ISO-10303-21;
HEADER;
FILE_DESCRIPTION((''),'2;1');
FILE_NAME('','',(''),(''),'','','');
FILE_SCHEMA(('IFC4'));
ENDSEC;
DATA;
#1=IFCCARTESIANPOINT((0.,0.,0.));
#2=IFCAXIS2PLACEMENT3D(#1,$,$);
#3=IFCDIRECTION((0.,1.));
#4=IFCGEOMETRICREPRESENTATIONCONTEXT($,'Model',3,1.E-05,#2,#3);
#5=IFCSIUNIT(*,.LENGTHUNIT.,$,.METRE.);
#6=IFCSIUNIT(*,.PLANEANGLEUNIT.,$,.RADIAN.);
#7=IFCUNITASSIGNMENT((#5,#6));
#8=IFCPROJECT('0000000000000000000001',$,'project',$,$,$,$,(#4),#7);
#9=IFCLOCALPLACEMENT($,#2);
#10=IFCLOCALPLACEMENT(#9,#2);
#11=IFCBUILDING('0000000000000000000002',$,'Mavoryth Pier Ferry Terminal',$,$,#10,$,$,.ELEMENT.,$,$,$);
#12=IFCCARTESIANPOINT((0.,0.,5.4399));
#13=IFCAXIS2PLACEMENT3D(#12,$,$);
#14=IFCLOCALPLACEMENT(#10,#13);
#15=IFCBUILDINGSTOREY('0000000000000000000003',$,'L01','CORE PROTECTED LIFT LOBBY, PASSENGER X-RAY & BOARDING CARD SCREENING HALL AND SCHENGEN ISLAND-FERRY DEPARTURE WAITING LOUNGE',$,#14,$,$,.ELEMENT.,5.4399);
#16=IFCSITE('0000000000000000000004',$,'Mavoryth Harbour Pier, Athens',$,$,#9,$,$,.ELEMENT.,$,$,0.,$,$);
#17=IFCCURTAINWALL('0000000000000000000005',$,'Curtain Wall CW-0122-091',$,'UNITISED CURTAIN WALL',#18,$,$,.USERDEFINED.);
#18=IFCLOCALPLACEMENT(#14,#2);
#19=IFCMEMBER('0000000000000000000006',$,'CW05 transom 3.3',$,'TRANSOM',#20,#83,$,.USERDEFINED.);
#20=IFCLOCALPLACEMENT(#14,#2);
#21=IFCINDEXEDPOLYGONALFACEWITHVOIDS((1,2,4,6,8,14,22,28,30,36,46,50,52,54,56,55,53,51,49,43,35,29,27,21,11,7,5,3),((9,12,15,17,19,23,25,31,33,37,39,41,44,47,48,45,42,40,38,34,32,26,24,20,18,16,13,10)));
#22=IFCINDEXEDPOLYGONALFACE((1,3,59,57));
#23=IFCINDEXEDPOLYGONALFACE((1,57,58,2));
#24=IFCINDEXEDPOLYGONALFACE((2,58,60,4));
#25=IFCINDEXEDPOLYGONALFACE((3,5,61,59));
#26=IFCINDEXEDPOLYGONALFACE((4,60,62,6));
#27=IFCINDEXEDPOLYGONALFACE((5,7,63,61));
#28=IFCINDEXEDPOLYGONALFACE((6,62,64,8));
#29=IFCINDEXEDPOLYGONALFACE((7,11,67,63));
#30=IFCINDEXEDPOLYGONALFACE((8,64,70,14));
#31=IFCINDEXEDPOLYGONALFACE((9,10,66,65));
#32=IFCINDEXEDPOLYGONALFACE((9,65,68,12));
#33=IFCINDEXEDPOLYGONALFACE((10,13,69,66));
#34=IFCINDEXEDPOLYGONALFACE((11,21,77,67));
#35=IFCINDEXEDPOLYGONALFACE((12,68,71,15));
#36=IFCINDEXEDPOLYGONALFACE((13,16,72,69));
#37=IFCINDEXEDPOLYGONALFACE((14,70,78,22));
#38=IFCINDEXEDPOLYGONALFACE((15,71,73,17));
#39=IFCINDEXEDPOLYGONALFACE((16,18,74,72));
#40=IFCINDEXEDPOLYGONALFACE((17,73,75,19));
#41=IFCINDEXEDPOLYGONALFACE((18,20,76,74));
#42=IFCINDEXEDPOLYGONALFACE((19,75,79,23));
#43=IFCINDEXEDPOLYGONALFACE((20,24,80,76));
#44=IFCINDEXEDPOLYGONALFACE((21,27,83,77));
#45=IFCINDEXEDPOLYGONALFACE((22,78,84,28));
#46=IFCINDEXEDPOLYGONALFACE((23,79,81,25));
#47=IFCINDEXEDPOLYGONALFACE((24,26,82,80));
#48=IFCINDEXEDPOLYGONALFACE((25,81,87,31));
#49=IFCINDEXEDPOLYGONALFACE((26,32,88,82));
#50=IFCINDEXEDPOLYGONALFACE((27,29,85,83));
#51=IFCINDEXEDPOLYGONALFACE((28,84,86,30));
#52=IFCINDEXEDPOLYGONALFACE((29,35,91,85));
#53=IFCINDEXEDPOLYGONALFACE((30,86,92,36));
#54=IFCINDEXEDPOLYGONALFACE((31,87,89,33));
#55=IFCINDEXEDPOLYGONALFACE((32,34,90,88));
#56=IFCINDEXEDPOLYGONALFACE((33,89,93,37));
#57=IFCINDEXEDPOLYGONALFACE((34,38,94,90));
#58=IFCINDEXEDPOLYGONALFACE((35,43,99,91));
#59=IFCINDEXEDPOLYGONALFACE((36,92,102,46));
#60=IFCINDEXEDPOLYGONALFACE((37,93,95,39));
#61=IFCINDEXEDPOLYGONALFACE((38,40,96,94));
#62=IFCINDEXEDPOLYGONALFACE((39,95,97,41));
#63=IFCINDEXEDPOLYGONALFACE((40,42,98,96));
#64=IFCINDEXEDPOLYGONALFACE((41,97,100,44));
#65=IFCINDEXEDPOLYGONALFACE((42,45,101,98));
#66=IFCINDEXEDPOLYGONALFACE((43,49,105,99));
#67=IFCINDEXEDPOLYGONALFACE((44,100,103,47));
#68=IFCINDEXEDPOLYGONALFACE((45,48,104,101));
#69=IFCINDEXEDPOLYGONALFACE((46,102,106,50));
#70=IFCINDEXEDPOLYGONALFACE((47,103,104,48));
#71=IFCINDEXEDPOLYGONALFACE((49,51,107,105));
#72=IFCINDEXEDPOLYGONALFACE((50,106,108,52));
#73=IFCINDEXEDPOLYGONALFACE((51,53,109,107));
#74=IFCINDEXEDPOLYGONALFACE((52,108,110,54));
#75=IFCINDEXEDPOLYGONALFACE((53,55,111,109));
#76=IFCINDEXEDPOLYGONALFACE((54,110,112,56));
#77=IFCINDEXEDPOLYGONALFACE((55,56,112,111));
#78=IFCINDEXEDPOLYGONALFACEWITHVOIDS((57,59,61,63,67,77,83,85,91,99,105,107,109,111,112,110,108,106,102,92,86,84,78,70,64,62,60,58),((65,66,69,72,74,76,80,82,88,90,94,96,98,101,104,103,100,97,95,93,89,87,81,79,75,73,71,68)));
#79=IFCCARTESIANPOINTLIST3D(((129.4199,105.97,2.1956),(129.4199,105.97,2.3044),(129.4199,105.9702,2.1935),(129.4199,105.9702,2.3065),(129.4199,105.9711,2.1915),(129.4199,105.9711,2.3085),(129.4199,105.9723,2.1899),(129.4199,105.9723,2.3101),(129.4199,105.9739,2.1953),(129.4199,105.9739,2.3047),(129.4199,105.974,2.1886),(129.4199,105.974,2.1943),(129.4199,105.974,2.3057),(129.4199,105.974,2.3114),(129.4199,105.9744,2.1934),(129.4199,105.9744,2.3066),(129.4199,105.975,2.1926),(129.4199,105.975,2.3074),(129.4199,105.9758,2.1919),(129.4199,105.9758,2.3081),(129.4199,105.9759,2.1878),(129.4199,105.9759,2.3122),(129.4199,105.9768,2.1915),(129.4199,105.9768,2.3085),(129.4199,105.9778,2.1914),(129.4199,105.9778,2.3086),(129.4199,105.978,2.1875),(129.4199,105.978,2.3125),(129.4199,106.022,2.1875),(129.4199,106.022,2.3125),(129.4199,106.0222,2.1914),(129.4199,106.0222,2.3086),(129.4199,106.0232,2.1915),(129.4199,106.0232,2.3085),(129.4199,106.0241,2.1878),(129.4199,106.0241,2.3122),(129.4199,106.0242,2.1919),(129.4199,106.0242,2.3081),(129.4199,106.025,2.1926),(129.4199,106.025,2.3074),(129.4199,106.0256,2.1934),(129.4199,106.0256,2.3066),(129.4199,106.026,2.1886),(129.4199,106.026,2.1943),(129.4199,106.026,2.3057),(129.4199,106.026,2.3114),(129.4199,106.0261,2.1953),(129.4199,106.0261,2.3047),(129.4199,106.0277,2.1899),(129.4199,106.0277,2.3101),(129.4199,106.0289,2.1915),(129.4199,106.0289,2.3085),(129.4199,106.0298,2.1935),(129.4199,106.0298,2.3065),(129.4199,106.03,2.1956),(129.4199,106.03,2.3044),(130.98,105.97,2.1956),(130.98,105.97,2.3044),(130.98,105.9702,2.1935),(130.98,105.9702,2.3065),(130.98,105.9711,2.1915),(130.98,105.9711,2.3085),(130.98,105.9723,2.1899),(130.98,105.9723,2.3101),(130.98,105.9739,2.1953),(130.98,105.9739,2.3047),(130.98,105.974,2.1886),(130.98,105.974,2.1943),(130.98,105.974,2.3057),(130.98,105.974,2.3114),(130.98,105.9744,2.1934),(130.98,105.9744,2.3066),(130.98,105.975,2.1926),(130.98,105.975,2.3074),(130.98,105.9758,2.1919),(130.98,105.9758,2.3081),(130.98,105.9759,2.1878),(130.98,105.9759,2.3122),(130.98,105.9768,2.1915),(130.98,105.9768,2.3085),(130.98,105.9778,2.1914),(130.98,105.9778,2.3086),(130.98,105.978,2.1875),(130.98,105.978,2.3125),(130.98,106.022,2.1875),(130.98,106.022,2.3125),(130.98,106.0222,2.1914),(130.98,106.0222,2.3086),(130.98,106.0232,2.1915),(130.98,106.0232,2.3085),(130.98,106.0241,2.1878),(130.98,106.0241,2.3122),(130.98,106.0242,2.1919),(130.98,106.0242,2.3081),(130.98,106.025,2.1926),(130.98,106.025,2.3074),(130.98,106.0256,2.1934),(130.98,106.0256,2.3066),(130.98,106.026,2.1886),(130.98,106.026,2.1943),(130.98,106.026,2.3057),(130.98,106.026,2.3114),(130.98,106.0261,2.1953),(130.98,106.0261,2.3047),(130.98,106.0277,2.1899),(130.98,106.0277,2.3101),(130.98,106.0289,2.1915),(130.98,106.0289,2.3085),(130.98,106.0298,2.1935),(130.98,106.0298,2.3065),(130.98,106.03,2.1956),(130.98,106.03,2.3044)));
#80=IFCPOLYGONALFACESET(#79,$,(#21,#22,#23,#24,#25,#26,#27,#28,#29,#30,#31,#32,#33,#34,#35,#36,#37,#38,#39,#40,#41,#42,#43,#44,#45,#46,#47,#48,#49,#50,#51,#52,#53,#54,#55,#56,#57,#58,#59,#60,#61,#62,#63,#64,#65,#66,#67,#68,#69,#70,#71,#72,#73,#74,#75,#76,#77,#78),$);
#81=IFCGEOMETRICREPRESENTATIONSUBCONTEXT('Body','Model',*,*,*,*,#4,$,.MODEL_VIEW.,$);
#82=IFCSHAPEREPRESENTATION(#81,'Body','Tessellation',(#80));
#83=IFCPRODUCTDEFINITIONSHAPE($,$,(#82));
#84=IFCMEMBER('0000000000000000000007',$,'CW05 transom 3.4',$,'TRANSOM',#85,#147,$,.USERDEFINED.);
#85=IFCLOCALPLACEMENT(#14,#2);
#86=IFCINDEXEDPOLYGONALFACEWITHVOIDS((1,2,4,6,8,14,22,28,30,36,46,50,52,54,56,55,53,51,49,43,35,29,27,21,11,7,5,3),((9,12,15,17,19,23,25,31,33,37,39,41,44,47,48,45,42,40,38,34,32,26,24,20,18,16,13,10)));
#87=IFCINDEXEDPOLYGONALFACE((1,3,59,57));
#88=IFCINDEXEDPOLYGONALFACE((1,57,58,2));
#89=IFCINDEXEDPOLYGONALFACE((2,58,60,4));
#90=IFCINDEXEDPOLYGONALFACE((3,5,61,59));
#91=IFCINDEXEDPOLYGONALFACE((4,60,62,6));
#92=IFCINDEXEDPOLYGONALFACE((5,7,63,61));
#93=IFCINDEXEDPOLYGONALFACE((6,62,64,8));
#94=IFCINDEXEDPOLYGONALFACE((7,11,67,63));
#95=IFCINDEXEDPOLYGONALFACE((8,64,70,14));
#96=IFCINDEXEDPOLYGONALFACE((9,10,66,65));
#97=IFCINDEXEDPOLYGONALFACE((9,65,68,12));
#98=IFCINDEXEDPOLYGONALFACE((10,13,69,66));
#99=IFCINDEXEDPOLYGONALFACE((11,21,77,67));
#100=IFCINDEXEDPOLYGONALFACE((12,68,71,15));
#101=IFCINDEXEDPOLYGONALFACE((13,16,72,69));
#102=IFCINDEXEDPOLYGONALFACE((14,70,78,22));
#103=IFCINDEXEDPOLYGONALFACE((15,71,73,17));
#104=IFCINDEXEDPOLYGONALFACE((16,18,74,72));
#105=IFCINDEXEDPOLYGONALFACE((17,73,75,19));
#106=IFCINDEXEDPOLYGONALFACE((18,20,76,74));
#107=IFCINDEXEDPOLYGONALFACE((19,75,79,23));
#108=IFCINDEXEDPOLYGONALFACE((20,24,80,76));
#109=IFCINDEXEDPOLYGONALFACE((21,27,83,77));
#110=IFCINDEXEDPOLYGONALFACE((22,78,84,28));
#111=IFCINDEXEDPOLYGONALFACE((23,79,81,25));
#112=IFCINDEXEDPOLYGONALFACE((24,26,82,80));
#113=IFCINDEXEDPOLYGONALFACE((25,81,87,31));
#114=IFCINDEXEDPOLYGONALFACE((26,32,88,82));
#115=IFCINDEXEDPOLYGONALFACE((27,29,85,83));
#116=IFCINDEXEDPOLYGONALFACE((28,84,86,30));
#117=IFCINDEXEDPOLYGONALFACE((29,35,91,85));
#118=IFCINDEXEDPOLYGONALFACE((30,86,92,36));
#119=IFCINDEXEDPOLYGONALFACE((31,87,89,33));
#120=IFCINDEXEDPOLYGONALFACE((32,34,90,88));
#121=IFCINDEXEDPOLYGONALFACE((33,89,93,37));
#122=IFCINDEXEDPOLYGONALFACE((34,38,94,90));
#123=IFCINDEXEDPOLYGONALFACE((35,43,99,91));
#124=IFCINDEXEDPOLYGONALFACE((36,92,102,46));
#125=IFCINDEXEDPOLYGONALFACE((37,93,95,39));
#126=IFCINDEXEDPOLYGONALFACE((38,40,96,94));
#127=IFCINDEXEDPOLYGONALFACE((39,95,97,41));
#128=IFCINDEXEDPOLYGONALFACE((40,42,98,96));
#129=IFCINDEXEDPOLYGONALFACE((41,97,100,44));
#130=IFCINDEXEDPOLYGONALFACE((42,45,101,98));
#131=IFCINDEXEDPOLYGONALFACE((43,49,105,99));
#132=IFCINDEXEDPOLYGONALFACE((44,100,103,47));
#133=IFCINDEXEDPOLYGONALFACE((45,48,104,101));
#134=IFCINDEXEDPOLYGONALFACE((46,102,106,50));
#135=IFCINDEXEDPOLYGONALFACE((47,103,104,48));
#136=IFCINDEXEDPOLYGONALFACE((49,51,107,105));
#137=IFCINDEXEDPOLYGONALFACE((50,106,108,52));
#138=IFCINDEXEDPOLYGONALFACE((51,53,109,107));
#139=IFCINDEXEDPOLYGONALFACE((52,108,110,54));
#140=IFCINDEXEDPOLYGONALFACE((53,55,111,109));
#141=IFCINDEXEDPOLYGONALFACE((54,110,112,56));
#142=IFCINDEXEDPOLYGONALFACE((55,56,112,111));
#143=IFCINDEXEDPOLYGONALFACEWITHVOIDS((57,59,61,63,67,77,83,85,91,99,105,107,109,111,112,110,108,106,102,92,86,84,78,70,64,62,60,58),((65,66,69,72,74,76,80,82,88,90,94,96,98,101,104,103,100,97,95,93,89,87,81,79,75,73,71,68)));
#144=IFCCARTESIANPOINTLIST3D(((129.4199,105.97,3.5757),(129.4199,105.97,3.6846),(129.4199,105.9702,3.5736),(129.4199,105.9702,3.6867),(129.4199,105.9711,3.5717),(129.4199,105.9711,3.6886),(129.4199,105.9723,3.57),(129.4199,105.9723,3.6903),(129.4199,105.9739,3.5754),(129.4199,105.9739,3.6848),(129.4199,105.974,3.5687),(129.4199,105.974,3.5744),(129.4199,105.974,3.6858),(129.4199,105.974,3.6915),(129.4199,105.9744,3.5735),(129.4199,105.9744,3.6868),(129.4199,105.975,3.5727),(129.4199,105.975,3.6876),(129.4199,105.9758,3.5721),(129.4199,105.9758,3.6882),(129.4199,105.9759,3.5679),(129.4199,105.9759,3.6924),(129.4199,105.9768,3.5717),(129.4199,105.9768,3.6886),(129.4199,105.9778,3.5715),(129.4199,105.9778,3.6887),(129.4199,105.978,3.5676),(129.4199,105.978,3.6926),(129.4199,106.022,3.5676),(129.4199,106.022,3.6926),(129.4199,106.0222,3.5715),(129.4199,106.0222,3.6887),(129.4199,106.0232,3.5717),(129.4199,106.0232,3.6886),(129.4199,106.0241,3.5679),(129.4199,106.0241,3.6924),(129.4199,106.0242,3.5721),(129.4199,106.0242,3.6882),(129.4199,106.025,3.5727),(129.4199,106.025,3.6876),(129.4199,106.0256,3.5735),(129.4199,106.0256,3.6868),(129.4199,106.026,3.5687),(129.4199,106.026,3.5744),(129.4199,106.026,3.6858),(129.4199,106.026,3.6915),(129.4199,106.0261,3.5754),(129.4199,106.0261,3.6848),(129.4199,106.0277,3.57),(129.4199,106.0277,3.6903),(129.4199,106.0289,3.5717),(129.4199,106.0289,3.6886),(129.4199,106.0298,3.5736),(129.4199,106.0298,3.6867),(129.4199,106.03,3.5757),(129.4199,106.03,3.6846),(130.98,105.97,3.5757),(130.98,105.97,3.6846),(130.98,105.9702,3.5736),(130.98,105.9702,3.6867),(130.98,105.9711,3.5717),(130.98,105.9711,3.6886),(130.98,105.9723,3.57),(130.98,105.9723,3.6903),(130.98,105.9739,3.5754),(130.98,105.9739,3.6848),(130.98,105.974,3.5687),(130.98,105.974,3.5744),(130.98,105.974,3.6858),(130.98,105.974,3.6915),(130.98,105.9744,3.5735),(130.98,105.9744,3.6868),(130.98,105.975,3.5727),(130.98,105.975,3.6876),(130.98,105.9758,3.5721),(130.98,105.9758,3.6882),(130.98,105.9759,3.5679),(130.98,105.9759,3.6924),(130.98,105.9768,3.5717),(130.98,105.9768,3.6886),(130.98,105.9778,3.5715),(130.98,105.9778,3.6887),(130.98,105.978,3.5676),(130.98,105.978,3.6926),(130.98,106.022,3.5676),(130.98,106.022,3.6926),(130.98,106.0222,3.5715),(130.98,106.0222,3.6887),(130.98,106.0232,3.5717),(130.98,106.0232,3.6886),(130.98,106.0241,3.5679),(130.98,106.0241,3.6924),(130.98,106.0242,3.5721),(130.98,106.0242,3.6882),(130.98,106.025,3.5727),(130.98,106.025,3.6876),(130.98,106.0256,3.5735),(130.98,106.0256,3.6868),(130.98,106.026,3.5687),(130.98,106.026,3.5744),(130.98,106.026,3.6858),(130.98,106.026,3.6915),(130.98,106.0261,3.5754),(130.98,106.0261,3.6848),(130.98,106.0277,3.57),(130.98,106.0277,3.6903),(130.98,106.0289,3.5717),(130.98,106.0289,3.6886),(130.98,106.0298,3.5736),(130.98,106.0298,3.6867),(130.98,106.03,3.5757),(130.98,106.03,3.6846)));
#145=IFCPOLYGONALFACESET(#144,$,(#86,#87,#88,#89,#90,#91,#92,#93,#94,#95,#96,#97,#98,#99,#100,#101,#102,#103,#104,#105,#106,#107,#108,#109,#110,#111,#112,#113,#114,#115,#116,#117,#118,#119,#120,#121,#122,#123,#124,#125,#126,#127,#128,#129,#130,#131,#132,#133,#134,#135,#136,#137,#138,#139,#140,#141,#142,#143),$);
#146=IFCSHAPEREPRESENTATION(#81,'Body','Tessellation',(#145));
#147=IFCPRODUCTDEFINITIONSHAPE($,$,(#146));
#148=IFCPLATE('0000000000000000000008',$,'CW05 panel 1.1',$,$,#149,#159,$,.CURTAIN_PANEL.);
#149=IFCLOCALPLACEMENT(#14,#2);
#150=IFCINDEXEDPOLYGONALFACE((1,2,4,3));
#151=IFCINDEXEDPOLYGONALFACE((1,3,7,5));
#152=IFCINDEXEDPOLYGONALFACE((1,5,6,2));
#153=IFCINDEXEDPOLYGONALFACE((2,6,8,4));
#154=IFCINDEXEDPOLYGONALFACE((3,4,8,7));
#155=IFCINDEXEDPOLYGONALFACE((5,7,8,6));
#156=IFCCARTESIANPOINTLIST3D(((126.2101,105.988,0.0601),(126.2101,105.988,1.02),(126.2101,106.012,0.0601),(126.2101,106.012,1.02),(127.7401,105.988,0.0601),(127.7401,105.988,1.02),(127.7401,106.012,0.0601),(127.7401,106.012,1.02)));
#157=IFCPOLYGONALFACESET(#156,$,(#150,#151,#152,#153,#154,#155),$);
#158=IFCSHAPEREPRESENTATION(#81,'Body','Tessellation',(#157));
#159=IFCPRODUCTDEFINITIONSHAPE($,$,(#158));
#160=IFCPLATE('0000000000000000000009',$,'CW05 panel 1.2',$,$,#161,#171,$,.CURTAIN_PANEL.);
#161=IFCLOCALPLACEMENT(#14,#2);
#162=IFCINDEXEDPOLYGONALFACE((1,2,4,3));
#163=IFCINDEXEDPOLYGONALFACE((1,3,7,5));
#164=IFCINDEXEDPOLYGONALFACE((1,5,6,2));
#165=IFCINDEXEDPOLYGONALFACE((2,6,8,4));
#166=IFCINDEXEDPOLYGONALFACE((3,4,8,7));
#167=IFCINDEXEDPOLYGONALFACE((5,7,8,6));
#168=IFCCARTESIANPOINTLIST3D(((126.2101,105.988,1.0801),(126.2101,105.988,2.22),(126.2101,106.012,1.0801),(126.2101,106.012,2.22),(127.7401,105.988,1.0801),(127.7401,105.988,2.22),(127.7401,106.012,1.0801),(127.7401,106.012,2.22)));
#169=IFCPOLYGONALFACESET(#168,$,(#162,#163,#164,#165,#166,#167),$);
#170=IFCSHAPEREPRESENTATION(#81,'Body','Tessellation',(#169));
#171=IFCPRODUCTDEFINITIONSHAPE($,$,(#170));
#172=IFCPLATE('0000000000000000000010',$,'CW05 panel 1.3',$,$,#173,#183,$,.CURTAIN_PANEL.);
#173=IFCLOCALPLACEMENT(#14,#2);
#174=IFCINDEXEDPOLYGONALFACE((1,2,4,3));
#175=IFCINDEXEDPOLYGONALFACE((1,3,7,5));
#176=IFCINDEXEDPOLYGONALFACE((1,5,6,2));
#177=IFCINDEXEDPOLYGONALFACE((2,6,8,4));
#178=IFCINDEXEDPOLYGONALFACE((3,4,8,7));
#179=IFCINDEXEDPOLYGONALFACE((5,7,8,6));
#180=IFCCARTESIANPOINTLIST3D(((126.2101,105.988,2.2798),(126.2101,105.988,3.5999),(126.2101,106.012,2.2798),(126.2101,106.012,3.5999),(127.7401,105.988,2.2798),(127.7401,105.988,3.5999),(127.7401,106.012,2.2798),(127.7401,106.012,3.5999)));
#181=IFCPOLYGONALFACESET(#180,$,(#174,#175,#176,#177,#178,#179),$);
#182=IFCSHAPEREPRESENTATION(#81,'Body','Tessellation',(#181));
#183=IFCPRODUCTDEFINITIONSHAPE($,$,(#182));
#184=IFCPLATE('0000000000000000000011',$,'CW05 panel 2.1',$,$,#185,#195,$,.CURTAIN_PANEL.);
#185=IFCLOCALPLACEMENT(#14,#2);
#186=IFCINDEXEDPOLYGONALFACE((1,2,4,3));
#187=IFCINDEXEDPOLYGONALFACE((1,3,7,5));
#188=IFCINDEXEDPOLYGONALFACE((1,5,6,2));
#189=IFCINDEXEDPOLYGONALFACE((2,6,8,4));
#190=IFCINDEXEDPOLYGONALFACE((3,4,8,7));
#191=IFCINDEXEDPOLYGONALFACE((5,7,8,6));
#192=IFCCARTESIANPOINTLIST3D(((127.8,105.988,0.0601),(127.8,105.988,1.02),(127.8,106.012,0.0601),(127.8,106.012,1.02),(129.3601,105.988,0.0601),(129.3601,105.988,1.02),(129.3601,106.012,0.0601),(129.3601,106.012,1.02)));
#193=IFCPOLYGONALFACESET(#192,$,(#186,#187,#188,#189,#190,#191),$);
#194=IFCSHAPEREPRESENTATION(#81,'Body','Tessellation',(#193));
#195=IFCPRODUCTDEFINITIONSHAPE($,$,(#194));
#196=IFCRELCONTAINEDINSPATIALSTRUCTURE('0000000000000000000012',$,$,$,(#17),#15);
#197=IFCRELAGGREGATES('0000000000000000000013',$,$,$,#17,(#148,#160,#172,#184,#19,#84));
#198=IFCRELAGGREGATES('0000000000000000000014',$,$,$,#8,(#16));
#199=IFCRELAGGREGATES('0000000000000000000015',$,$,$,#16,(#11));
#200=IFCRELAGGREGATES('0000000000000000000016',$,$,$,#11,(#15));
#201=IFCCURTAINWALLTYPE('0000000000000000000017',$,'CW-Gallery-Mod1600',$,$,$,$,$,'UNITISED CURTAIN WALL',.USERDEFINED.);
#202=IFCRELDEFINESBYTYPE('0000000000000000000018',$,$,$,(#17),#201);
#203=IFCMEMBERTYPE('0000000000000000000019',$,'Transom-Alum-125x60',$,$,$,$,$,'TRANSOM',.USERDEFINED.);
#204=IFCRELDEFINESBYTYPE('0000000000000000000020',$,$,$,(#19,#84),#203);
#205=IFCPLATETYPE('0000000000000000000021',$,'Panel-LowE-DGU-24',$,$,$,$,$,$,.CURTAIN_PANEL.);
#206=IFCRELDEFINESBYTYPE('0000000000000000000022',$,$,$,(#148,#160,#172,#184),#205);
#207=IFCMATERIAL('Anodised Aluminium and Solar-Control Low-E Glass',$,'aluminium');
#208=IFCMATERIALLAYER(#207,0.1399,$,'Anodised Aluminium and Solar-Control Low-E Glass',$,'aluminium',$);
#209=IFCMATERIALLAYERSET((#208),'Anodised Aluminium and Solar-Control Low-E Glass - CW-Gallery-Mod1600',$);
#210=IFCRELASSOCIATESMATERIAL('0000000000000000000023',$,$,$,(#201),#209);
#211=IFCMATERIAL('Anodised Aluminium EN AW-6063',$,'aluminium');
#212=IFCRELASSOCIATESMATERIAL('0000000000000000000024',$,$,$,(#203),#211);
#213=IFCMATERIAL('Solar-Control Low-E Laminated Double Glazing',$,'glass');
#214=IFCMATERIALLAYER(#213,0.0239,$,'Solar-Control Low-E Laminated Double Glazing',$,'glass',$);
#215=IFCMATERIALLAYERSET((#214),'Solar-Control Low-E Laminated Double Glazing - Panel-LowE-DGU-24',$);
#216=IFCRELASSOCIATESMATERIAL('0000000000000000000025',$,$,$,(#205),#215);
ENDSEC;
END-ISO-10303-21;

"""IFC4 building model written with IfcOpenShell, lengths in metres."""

from ifc_helpers import new_model, si_unit, direction, frame, origin, origin_2d, place, context, subcontext, project, spatial, rectangle, hollow_rectangle, extrude, material, layer, layer_set, material_profile, profile_set, type_object, element, aggregate, save


model = new_model("IFC4")

# Units and contexts
model_context = context("Model", 3, precision=1e-05, world=origin(), true_north=direction((0.0, 1.0)))
body_context = subcontext(model_context, "Body", "Model", "MODEL_VIEW")
ifc_project = project(units=[si_unit("LENGTHUNIT", "METRE"), si_unit("PLANEANGLEUNIT", "RADIAN")], contexts=[model_context])

# Site, building, storey
site_placement = place(None, origin())
site = spatial("IfcSite", under=ifc_project, at=site_placement, Name="Mavoryth Harbour Pier, Athens", CompositionType="ELEMENT", RefElevation=0.0)
building_placement = place(site_placement, origin())
building = spatial("IfcBuilding", under=site, at=building_placement, Name="Mavoryth Pier Ferry Terminal", CompositionType="ELEMENT")
storey_placement = place(building_placement, frame((0.0, 0.0, 5.4399)))
storey = spatial("IfcBuildingStorey", under=building, at=storey_placement, Name="L01", Description="CORE PROTECTED LIFT LOBBY, PASSENGER X-RAY & BOARDING CARD SCREENING HALL AND SCHENGEN ISLAND-FERRY DEPARTURE WAITING LOUNGE", CompositionType="ELEMENT", Elevation=5.4399)

# Shared definitions
ifc_material_1 = material(Name="Anodised Aluminium and Solar-Control Low-E Glass", Category="aluminium")
ifc_layer_1 = layer(ifc_material_1, 0.1399, Name="Anodised Aluminium and Solar-Control Low-E Glass", Category="aluminium")
ifc_layer_set_1 = layer_set([ifc_layer_1], Name="Anodised Aluminium and Solar-Control Low-E Glass - CW-Gallery-Mod1600")
curtain_wall_type = type_object("IfcCurtainWallType", Name="CW-Gallery-Mod1600", ElementType="UNITISED CURTAIN WALL", PredefinedType="USERDEFINED", material=ifc_layer_set_1)
ifc_material_2 = material(Name="Anodised Aluminium EN AW-6063", Category="aluminium")

# Curtain wall
curtain_wall_1_placement = place(storey_placement, origin())
curtain_wall_1 = element("IfcCurtainWall", 1, at=curtain_wall_1_placement, inside=storey, type_object=curtain_wall_type, Name="Curtain Wall CW-0122-091", ObjectType="UNITISED CURTAIN WALL", PredefinedType="USERDEFINED")

# Members
ifc_material_profile_1 = material_profile(ifc_material_2, hollow_rectangle(XDim=0.0601, YDim=0.125, WallThickness=0.0039, InnerFilletRadius=0.0039, OuterFilletRadius=0.0081, at=origin_2d()), Name="AL-TRAN 125x60x4", Category="aluminium")
ifc_profile_set_1 = profile_set([ifc_material_profile_1], Name="Anodised Aluminium EN AW-6063 - AL-TRAN 125x60x4")
member_type_1 = type_object("IfcMemberType", Name="Transom-Alum-125x60", ElementType="TRANSOM", PredefinedType="USERDEFINED", material=ifc_profile_set_1)
member_1_placement = place(storey_placement, frame((129.4199, 106.0, 2.25), z_axis=(1.0, 0.0, 0.0), x_axis=(0.0, 1.0, 0.0)))
member_1 = element("IfcMember", 2, at=member_1_placement, type_object=member_type_1, Name="CW05 transom 3.3", ObjectType="TRANSOM", PredefinedType="USERDEFINED", context=body_context, shape_type="SweptSolid", body=[
    extrude(hollow_rectangle(XDim=0.0601, YDim=0.125, WallThickness=0.0039, InnerFilletRadius=0.0039, OuterFilletRadius=0.0081, at=origin_2d()), origin(), (0.0, 0.0, 1.0), 1.5601),
])
member_2_placement = place(storey_placement, frame((129.4199, 106.0, 3.6301), z_axis=(1.0, 0.0, 0.0), x_axis=(0.0, 1.0, 0.0)))
member_2 = element("IfcMember", 3, at=member_2_placement, type_object=member_type_1, Name="CW05 transom 3.4", ObjectType="TRANSOM", PredefinedType="USERDEFINED", context=body_context, shape_type="SweptSolid", body=[
    extrude(hollow_rectangle(XDim=0.0601, YDim=0.125, WallThickness=0.0039, InnerFilletRadius=0.0039, OuterFilletRadius=0.0081, at=origin_2d()), origin(), (0.0, 0.0, 1.0), 1.5601),
])

# Plates
ifc_material_3 = material(Name="Solar-Control Low-E Laminated Double Glazing", Category="glass")
ifc_layer_2 = layer(ifc_material_3, 0.0239, Name="Solar-Control Low-E Laminated Double Glazing", Category="glass")
ifc_layer_set_2 = layer_set([ifc_layer_2], Name="Solar-Control Low-E Laminated Double Glazing - Panel-LowE-DGU-24")
plate_type_1 = type_object("IfcPlateType", Name="Panel-LowE-DGU-24", PredefinedType="CURTAIN_PANEL", material=ifc_layer_set_2)
plate_1_placement = place(storey_placement, frame((126.9751, 106.0, 0.0601), z_axis=(0.0, 0.0, 1.0), x_axis=(1.0, 0.0, 0.0)))
plate_1 = element("IfcPlate", 4, at=plate_1_placement, type_object=plate_type_1, Name="CW05 panel 1.1", PredefinedType="CURTAIN_PANEL", context=body_context, shape_type="SweptSolid", body=[
    extrude(rectangle(XDim=1.53, YDim=0.0239, at=origin_2d()), origin(), (0.0, 0.0, 1.0), 0.96),
])
plate_2_placement = place(storey_placement, frame((126.9751, 106.0, 1.0801), z_axis=(0.0, 0.0, 1.0), x_axis=(1.0, 0.0, 0.0)))
plate_2 = element("IfcPlate", 5, at=plate_2_placement, type_object=plate_type_1, Name="CW05 panel 1.2", PredefinedType="CURTAIN_PANEL", context=body_context, shape_type="SweptSolid", body=[
    extrude(rectangle(XDim=1.53, YDim=0.0239, at=origin_2d()), origin(), (0.0, 0.0, 1.0), 1.1399),
])
plate_3_placement = place(storey_placement, frame((126.9751, 106.0, 2.2798), z_axis=(0.0, 0.0, 1.0), x_axis=(1.0, 0.0, 0.0)))
plate_3 = element("IfcPlate", 6, at=plate_3_placement, type_object=plate_type_1, Name="CW05 panel 1.3", PredefinedType="CURTAIN_PANEL", context=body_context, shape_type="SweptSolid", body=[
    extrude(rectangle(XDim=1.53, YDim=0.0239, at=origin_2d()), origin(), (0.0, 0.0, 1.0), 1.3201),
])
plate_4_placement = place(storey_placement, frame((128.5801, 106.0, 0.0601), z_axis=(0.0, 0.0, 1.0), x_axis=(1.0, 0.0, 0.0)))
plate_4 = element("IfcPlate", 7, at=plate_4_placement, type_object=plate_type_1, Name="CW05 panel 2.1", PredefinedType="CURTAIN_PANEL", context=body_context, shape_type="SweptSolid", body=[
    extrude(rectangle(XDim=1.5601, YDim=0.0239, at=origin_2d()), origin(), (0.0, 0.0, 1.0), 0.96),
])
aggregate(curtain_wall_1, [plate_1, plate_2, plate_3, plate_4, member_1, member_2])

save(model, "model.ifc")
